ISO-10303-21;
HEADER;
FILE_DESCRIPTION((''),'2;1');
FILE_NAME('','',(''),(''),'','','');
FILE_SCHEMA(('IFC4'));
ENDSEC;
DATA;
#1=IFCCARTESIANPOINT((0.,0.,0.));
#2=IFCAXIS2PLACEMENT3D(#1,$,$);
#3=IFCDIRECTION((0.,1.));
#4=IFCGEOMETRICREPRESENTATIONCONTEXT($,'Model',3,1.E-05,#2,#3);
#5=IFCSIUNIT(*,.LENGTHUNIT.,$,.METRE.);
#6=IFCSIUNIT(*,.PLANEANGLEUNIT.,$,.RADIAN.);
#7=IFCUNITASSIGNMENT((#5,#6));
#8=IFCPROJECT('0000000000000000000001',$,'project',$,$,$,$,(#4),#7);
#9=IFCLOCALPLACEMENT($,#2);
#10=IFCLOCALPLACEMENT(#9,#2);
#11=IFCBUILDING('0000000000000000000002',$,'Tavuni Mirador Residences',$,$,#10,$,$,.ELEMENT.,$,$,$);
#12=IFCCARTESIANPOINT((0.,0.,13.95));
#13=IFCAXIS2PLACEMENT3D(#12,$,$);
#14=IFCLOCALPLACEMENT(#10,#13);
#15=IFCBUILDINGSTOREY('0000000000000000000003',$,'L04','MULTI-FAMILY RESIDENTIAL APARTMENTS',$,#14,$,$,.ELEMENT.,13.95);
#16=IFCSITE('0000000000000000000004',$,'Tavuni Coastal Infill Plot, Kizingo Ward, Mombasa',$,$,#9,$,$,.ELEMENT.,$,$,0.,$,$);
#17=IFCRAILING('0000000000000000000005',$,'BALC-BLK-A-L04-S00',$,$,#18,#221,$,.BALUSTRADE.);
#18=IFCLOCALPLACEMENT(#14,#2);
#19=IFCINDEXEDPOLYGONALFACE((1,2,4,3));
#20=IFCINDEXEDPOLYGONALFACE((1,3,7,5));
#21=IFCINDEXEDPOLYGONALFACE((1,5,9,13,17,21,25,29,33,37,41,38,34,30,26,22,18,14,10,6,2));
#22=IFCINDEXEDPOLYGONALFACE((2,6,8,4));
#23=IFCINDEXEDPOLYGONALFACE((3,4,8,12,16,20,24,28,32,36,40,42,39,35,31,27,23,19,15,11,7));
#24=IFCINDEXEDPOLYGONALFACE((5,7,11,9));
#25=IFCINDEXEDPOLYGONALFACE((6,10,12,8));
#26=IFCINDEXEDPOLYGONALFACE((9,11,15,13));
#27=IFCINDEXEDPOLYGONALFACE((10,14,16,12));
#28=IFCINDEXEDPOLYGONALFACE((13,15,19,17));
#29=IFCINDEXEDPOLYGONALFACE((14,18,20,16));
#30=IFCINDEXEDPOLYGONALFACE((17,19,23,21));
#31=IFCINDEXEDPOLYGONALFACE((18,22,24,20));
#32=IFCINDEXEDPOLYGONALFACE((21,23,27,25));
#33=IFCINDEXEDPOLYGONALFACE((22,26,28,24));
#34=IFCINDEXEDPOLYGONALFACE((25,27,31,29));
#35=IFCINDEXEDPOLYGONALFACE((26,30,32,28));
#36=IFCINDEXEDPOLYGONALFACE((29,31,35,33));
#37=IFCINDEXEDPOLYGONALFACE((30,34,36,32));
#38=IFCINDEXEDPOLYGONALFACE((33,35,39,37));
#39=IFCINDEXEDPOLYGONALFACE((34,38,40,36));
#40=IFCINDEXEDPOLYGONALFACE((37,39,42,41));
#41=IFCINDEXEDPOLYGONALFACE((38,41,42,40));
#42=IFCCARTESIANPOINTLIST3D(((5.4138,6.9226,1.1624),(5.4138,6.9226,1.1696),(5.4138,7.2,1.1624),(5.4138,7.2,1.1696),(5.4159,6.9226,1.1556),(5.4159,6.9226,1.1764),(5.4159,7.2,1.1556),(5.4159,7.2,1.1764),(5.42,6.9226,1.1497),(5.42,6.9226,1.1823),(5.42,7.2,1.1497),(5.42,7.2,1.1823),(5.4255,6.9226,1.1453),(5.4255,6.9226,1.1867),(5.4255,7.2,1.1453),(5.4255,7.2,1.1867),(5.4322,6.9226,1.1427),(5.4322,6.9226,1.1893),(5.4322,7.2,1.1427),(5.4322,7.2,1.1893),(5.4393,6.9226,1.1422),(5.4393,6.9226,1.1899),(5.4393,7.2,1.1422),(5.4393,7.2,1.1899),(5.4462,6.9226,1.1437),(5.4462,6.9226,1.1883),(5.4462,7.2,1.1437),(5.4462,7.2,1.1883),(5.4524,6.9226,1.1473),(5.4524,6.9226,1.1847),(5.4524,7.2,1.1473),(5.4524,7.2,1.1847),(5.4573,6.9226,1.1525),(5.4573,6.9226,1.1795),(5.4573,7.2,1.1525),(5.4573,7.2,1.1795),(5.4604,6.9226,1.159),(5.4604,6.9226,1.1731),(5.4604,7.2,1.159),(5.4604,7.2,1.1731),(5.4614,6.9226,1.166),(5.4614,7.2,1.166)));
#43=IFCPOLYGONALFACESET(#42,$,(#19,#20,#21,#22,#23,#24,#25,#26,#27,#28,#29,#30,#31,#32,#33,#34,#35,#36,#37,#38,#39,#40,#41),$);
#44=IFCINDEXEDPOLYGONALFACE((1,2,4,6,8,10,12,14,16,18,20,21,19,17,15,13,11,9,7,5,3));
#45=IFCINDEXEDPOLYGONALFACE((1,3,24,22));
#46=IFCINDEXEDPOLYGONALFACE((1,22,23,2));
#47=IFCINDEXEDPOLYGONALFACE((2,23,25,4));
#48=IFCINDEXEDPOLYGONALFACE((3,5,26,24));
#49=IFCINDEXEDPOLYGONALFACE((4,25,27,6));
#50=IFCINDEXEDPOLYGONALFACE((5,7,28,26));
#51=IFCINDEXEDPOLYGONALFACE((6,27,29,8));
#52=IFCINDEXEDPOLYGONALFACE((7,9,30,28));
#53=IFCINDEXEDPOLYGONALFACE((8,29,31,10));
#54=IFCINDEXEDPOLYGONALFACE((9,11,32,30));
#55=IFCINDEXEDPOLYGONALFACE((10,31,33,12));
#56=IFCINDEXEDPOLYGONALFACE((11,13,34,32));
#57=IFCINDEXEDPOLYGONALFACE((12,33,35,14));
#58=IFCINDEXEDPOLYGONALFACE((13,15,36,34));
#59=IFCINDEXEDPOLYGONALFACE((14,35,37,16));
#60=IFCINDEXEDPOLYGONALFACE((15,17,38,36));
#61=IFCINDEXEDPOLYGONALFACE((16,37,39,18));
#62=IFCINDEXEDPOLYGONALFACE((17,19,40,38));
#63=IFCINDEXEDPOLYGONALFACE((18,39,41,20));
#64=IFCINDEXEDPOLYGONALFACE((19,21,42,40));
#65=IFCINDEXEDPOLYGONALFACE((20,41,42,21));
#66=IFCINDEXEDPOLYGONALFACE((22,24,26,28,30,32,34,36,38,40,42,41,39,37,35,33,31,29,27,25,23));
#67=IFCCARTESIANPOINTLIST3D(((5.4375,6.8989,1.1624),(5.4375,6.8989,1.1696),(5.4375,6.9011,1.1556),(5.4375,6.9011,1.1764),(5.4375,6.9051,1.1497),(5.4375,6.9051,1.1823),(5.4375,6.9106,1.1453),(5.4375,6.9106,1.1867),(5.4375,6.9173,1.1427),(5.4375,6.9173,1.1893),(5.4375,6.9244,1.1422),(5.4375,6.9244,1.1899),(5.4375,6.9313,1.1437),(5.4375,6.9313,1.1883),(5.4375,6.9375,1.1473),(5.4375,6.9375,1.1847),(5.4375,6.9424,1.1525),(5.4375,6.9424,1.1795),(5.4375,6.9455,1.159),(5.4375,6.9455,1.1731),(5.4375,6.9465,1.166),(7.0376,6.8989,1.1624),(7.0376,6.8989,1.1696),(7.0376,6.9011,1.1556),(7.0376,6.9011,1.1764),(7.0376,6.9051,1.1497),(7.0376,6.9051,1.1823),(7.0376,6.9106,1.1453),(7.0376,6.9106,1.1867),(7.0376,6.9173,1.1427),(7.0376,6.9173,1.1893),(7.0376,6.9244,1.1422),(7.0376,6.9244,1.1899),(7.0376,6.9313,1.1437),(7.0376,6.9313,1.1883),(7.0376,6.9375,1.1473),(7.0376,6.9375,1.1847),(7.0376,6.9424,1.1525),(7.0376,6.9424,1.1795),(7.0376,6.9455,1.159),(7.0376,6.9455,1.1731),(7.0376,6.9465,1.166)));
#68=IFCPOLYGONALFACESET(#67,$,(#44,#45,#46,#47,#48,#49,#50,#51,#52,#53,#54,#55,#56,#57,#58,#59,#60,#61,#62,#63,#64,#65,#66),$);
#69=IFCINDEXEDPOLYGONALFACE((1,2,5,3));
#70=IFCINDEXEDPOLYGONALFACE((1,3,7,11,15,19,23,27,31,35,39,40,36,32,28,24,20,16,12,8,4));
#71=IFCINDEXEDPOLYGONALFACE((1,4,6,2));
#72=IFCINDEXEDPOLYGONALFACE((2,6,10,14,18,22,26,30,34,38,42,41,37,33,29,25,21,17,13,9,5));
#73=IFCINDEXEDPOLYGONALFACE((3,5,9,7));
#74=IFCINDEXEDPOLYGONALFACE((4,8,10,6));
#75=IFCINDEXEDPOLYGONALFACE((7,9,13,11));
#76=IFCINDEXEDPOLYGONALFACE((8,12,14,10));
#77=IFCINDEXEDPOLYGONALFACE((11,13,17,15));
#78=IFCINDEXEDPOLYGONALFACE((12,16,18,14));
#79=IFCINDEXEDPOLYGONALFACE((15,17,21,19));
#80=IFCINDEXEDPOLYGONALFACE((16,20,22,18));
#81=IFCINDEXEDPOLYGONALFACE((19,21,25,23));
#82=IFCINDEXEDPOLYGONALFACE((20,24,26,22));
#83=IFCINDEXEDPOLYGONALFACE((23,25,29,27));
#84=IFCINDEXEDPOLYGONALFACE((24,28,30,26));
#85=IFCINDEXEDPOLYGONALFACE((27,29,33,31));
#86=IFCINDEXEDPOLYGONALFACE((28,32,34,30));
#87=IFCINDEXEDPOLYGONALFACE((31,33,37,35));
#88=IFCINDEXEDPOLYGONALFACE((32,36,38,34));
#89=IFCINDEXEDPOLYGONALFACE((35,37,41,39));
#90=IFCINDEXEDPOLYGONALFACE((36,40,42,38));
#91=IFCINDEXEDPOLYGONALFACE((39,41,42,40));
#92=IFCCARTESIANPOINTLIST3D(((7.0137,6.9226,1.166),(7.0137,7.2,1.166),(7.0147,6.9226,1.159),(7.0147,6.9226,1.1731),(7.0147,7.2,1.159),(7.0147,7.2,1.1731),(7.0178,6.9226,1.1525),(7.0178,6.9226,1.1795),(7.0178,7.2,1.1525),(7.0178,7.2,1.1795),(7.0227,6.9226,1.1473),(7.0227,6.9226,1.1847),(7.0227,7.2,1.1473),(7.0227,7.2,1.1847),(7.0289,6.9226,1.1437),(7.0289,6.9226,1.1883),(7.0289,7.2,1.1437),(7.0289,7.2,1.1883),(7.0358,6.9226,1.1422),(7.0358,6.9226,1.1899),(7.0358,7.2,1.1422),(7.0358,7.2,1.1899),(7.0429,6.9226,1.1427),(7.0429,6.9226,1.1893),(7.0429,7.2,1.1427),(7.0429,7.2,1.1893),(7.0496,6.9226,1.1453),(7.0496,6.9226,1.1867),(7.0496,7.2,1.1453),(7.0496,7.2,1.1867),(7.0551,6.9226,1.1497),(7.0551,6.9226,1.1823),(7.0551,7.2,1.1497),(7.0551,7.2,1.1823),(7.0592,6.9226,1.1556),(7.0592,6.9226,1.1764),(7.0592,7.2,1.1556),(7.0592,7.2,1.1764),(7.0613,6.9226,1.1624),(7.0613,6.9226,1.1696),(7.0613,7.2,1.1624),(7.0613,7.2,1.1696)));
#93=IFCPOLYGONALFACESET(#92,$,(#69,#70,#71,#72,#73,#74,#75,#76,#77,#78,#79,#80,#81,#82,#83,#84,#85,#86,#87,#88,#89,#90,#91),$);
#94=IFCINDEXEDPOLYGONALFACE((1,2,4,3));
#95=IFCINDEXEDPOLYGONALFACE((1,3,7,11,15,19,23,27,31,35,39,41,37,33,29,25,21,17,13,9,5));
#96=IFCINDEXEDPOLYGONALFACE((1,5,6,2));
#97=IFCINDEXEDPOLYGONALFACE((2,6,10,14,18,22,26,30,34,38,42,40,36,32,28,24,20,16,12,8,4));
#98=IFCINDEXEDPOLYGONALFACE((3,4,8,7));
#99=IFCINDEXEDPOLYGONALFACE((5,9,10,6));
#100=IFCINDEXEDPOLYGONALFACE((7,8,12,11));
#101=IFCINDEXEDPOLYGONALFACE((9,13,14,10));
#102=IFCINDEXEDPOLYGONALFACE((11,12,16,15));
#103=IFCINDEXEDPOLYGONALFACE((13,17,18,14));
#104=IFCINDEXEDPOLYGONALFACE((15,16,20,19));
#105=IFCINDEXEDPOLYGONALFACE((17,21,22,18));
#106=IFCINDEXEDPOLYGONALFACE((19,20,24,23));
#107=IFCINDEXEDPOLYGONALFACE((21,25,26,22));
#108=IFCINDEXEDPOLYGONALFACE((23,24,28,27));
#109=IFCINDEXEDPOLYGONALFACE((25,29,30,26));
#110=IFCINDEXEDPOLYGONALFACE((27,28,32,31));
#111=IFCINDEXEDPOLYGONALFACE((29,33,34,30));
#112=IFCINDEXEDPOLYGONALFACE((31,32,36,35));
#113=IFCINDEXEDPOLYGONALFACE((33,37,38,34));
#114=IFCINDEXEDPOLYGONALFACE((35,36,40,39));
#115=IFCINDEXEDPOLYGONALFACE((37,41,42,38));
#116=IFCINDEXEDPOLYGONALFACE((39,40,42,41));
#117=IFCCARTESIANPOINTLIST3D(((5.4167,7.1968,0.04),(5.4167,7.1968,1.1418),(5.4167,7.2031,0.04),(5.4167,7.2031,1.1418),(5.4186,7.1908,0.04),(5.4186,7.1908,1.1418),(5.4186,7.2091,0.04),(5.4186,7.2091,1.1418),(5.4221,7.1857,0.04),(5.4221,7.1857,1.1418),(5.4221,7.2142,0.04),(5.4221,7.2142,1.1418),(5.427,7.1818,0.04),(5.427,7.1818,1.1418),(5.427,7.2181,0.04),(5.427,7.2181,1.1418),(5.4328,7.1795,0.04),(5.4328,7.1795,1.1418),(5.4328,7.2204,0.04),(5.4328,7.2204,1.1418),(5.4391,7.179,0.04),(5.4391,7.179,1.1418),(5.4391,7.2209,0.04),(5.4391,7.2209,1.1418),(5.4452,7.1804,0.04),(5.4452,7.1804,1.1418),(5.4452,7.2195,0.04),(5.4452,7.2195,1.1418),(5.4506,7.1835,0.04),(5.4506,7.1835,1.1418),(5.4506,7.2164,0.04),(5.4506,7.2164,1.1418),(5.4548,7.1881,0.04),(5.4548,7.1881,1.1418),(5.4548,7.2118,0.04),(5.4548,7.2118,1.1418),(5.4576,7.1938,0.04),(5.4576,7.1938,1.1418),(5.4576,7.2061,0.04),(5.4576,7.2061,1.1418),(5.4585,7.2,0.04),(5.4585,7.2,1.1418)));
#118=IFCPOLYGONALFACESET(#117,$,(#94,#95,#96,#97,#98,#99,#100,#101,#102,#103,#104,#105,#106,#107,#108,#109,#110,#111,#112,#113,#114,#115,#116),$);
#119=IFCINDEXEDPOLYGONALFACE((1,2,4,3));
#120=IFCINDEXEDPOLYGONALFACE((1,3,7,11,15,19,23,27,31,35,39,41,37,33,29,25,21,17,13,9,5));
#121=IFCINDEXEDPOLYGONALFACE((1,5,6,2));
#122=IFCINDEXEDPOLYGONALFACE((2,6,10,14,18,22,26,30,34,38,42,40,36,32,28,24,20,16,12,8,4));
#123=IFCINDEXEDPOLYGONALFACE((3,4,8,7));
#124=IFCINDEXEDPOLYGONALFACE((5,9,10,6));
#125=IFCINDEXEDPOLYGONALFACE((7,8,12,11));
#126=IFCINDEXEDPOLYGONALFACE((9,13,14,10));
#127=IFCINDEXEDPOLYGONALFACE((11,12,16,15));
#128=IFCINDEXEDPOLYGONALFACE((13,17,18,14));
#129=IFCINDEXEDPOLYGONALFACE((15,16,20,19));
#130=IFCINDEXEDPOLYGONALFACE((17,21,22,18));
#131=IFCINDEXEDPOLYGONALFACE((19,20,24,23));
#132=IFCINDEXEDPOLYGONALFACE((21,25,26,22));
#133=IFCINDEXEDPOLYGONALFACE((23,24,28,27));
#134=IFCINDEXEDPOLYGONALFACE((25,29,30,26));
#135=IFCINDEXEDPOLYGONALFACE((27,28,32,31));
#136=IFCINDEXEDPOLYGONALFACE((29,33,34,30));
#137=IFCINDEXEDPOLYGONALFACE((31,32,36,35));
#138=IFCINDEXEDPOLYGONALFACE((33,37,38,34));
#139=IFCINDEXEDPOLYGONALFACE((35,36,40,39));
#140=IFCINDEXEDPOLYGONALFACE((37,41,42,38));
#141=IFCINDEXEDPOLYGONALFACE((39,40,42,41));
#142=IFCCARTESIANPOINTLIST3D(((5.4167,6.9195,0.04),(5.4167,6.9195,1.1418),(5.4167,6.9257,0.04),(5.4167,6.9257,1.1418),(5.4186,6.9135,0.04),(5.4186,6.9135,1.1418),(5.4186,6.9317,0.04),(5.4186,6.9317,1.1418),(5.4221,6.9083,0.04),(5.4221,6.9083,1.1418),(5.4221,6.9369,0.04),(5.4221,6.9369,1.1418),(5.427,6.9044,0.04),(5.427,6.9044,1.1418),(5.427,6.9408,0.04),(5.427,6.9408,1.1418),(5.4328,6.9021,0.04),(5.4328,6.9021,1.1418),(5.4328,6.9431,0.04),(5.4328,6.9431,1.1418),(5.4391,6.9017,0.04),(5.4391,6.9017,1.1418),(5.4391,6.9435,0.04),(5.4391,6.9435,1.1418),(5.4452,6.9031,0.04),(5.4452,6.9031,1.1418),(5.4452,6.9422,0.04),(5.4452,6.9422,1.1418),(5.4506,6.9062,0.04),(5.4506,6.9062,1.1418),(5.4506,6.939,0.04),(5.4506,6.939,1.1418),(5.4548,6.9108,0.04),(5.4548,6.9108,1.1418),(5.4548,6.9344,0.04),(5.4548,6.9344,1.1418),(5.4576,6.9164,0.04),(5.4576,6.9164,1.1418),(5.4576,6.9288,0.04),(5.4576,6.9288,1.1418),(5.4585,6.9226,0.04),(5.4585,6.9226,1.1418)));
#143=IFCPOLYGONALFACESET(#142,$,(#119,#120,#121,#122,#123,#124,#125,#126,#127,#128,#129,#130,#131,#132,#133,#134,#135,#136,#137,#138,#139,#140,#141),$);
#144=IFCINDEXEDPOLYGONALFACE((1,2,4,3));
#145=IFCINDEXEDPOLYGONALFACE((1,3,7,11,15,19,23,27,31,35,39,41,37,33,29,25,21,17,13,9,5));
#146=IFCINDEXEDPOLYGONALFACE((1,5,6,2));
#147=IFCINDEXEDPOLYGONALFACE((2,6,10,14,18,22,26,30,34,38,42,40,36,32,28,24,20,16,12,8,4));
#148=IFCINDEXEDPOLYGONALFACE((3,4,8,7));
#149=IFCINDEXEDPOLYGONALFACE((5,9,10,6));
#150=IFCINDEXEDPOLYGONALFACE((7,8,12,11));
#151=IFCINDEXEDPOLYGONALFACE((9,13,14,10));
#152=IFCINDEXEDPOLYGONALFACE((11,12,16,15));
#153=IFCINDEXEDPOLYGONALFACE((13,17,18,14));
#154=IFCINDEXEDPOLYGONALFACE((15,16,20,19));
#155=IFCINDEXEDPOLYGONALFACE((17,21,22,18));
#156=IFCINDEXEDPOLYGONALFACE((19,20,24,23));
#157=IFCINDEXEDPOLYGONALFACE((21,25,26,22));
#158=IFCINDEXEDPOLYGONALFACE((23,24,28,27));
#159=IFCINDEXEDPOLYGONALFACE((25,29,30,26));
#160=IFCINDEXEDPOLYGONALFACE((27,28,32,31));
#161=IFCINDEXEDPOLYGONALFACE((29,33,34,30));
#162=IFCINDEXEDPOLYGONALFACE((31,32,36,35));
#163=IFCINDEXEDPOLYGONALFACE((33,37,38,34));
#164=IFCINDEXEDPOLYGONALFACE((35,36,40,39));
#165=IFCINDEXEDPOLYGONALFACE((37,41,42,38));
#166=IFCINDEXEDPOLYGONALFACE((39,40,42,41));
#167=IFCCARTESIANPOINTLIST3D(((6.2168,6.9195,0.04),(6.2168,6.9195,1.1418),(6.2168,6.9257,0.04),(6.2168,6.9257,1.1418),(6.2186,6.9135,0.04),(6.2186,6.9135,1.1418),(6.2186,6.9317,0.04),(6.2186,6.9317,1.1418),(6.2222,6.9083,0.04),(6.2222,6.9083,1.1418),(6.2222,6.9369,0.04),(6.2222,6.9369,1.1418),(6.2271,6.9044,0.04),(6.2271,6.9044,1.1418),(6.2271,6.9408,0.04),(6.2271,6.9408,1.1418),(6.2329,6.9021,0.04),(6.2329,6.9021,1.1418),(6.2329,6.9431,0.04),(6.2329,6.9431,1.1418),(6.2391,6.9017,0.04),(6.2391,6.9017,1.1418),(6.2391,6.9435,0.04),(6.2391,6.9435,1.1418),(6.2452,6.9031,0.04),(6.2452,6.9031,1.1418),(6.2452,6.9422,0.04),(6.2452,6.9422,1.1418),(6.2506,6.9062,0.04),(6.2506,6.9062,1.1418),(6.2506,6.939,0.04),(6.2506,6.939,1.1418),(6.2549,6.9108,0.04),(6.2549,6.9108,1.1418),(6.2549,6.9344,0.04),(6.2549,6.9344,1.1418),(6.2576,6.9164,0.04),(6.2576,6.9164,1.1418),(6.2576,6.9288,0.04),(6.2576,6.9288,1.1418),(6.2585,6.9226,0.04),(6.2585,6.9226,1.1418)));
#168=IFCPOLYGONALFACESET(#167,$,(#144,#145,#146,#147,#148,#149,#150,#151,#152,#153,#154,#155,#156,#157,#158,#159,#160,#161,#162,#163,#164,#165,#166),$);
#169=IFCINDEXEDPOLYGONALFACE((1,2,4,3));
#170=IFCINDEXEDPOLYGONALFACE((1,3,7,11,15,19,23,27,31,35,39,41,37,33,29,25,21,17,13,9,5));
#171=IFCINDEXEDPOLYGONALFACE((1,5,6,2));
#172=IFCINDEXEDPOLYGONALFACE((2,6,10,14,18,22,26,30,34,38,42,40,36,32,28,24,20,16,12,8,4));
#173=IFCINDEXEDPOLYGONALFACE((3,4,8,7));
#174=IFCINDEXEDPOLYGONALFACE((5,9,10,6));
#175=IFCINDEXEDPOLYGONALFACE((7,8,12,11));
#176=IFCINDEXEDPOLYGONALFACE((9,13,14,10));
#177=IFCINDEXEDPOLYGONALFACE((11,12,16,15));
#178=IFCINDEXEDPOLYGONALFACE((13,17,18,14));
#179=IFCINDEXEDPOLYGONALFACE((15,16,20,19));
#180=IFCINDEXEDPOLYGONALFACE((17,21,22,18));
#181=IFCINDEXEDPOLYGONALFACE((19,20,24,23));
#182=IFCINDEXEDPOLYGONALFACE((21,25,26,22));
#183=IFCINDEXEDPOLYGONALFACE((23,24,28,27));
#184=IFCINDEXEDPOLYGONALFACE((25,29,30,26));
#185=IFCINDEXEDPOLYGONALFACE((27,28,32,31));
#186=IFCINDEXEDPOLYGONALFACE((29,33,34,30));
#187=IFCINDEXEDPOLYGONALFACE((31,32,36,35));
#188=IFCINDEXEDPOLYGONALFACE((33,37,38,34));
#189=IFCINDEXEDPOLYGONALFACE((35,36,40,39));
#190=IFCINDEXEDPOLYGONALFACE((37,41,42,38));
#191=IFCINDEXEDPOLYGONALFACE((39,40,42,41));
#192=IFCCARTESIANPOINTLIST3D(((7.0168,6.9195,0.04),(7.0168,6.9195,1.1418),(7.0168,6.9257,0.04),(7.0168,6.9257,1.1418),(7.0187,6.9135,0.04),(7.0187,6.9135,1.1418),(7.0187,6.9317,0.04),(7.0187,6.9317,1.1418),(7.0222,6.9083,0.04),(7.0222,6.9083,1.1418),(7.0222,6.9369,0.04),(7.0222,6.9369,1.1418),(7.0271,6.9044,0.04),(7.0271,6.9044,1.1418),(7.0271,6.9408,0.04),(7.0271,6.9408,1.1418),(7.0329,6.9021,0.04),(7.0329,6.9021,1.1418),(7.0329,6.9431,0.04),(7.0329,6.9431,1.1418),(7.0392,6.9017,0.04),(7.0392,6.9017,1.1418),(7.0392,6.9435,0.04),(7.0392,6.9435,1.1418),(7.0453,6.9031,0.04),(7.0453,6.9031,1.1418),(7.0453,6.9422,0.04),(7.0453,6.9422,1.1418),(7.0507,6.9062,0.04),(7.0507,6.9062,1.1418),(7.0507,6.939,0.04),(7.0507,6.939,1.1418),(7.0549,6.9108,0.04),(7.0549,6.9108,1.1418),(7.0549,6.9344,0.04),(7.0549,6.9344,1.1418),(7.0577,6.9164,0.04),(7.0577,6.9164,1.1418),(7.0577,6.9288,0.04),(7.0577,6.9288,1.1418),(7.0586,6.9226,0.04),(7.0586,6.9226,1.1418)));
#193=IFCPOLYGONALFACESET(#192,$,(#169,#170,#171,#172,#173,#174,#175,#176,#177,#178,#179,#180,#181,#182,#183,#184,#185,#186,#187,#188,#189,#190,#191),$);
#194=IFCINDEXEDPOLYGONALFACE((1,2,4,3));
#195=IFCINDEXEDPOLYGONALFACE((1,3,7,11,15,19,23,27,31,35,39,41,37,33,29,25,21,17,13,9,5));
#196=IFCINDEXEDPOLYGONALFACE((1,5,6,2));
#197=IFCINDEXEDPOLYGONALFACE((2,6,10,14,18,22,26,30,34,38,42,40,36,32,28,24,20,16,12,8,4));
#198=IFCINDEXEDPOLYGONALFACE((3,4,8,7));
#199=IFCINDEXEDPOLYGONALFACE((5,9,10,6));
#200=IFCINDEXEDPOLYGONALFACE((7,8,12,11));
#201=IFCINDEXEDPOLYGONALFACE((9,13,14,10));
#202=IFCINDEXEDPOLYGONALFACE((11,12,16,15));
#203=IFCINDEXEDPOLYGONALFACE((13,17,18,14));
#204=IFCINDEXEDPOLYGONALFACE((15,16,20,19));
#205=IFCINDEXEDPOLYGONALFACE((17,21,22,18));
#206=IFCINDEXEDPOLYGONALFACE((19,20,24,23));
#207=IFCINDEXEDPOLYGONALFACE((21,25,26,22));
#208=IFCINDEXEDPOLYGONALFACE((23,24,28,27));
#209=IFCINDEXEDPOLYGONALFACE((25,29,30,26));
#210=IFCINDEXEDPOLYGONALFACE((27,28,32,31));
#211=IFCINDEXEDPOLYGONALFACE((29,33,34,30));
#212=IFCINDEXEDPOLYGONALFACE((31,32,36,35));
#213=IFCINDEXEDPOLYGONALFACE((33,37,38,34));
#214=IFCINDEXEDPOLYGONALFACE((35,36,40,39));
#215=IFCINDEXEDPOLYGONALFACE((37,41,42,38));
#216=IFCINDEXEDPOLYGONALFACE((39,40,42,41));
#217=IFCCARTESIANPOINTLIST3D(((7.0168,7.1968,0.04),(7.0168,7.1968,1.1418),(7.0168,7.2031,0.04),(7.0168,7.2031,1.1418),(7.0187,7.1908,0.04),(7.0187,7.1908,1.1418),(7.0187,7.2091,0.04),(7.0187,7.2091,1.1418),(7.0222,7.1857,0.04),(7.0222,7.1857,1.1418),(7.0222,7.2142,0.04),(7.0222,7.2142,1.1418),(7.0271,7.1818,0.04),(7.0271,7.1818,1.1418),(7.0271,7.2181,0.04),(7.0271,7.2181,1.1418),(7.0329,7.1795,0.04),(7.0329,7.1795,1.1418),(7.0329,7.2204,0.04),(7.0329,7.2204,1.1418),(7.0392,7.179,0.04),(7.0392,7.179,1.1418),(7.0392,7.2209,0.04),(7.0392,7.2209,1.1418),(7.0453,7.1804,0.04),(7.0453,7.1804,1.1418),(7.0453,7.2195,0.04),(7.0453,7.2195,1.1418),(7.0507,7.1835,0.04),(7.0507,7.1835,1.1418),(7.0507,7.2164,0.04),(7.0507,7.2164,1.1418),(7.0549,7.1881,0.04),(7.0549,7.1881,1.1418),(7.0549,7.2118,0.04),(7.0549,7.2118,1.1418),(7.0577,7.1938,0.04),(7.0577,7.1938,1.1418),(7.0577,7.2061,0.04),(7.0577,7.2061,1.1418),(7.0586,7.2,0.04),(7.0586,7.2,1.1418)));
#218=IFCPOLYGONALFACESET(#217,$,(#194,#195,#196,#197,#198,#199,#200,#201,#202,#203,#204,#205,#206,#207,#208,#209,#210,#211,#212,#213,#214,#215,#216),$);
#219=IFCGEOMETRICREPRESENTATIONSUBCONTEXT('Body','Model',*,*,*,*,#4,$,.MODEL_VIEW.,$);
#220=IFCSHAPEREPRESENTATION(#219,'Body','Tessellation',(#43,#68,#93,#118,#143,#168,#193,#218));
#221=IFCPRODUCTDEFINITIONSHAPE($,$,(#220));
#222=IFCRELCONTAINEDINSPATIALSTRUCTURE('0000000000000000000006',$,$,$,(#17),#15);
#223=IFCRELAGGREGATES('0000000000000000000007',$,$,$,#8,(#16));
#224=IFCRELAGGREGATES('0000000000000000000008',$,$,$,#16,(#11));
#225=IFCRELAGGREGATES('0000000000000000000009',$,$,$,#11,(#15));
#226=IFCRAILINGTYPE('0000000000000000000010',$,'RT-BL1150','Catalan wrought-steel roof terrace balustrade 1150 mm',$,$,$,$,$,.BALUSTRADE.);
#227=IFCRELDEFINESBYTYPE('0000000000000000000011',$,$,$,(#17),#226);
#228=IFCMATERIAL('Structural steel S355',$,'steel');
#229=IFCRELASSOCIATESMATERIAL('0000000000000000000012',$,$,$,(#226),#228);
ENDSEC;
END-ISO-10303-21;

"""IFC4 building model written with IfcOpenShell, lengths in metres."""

from ifc_helpers import new_model, si_unit, direction, frame, origin, origin_2d, place, context, subcontext, project, spatial, circle, extrude, material, type_object, element, save


model = new_model("IFC4")

# Units and contexts
model_context = context("Model", 3, precision=1e-05, world=origin(), true_north=direction((0.0, 1.0)))
body_context = subcontext(model_context, "Body", "Model", "MODEL_VIEW")
ifc_project = project(units=[si_unit("LENGTHUNIT", "METRE"), si_unit("PLANEANGLEUNIT", "RADIAN")], contexts=[model_context])

# Site, building, storey
site_placement = place(None, origin())
site = spatial("IfcSite", under=ifc_project, at=site_placement, Name="Tavuni Coastal Infill Plot, Kizingo Ward, Mombasa", CompositionType="ELEMENT", RefElevation=0.0)
building_placement = place(site_placement, origin())
building = spatial("IfcBuilding", under=site, at=building_placement, Name="Tavuni Mirador Residences", CompositionType="ELEMENT")
storey_placement = place(building_placement, frame((0.0, 0.0, 13.95)))
storey = spatial("IfcBuildingStorey", under=building, at=storey_placement, Name="L04", Description="MULTI-FAMILY RESIDENTIAL APARTMENTS", CompositionType="ELEMENT", Elevation=13.95)

# Shared definitions
ifc_material_1 = material(Name="Structural steel S355", Category="steel")

# Railing
railing_type = type_object("IfcRailingType", Name="RT-BL1150", Description="Catalan wrought-steel roof terrace balustrade 1150 mm", PredefinedType="BALUSTRADE", material=ifc_material_1)
railing_placement = place(storey_placement, frame((5.4375, 7.2, 0.04)))
element("IfcRailing", 1, at=railing_placement, inside=storey, type_object=railing_type, Name="BALC-BLK-A-L04-S00", PredefinedType="BALUSTRADE", context=body_context, shape_type="SweptSolid", body=[
    extrude(circle(Radius=0.0239, at=origin_2d()), frame((0.0, 0.0, 1.126), z_axis=(0.0, -1.0, 0.0), x_axis=(1.0, 0.0, 0.0)), (0.0, 0.0, 1.0), 0.2773),
    extrude(circle(Radius=0.0239, at=origin_2d()), frame((0.0, -0.2773, 1.126), z_axis=(1.0, 0.0, 0.0), x_axis=(0.0, 1.0, 0.0)), (0.0, 0.0, 1.0), 1.6001),
    extrude(circle(Radius=0.0239, at=origin_2d()), frame((1.6001, -0.2773, 1.126), z_axis=(0.0, 1.0, 0.0), x_axis=(-1.0, 0.0, 0.0)), (0.0, 0.0, 1.0), 0.2773),
    extrude(circle(Radius=0.021, at=origin_2d()), origin(), (0.0, 0.0, 1.0), 1.1018),
    extrude(circle(Radius=0.021, at=origin_2d()), frame((0.0, -0.2773, 0.0)), (0.0, 0.0, 1.0), 1.1018),
    extrude(circle(Radius=0.021, at=origin_2d()), frame((0.8, -0.2773, 0.0)), (0.0, 0.0, 1.0), 1.1018),
    extrude(circle(Radius=0.021, at=origin_2d()), frame((1.6001, -0.2773, 0.0)), (0.0, 0.0, 1.0), 1.1018),
    extrude(circle(Radius=0.021, at=origin_2d()), frame((1.6001, 0.0, 0.0)), (0.0, 0.0, 1.0), 1.1018),
])

save(model, "model.ifc")
